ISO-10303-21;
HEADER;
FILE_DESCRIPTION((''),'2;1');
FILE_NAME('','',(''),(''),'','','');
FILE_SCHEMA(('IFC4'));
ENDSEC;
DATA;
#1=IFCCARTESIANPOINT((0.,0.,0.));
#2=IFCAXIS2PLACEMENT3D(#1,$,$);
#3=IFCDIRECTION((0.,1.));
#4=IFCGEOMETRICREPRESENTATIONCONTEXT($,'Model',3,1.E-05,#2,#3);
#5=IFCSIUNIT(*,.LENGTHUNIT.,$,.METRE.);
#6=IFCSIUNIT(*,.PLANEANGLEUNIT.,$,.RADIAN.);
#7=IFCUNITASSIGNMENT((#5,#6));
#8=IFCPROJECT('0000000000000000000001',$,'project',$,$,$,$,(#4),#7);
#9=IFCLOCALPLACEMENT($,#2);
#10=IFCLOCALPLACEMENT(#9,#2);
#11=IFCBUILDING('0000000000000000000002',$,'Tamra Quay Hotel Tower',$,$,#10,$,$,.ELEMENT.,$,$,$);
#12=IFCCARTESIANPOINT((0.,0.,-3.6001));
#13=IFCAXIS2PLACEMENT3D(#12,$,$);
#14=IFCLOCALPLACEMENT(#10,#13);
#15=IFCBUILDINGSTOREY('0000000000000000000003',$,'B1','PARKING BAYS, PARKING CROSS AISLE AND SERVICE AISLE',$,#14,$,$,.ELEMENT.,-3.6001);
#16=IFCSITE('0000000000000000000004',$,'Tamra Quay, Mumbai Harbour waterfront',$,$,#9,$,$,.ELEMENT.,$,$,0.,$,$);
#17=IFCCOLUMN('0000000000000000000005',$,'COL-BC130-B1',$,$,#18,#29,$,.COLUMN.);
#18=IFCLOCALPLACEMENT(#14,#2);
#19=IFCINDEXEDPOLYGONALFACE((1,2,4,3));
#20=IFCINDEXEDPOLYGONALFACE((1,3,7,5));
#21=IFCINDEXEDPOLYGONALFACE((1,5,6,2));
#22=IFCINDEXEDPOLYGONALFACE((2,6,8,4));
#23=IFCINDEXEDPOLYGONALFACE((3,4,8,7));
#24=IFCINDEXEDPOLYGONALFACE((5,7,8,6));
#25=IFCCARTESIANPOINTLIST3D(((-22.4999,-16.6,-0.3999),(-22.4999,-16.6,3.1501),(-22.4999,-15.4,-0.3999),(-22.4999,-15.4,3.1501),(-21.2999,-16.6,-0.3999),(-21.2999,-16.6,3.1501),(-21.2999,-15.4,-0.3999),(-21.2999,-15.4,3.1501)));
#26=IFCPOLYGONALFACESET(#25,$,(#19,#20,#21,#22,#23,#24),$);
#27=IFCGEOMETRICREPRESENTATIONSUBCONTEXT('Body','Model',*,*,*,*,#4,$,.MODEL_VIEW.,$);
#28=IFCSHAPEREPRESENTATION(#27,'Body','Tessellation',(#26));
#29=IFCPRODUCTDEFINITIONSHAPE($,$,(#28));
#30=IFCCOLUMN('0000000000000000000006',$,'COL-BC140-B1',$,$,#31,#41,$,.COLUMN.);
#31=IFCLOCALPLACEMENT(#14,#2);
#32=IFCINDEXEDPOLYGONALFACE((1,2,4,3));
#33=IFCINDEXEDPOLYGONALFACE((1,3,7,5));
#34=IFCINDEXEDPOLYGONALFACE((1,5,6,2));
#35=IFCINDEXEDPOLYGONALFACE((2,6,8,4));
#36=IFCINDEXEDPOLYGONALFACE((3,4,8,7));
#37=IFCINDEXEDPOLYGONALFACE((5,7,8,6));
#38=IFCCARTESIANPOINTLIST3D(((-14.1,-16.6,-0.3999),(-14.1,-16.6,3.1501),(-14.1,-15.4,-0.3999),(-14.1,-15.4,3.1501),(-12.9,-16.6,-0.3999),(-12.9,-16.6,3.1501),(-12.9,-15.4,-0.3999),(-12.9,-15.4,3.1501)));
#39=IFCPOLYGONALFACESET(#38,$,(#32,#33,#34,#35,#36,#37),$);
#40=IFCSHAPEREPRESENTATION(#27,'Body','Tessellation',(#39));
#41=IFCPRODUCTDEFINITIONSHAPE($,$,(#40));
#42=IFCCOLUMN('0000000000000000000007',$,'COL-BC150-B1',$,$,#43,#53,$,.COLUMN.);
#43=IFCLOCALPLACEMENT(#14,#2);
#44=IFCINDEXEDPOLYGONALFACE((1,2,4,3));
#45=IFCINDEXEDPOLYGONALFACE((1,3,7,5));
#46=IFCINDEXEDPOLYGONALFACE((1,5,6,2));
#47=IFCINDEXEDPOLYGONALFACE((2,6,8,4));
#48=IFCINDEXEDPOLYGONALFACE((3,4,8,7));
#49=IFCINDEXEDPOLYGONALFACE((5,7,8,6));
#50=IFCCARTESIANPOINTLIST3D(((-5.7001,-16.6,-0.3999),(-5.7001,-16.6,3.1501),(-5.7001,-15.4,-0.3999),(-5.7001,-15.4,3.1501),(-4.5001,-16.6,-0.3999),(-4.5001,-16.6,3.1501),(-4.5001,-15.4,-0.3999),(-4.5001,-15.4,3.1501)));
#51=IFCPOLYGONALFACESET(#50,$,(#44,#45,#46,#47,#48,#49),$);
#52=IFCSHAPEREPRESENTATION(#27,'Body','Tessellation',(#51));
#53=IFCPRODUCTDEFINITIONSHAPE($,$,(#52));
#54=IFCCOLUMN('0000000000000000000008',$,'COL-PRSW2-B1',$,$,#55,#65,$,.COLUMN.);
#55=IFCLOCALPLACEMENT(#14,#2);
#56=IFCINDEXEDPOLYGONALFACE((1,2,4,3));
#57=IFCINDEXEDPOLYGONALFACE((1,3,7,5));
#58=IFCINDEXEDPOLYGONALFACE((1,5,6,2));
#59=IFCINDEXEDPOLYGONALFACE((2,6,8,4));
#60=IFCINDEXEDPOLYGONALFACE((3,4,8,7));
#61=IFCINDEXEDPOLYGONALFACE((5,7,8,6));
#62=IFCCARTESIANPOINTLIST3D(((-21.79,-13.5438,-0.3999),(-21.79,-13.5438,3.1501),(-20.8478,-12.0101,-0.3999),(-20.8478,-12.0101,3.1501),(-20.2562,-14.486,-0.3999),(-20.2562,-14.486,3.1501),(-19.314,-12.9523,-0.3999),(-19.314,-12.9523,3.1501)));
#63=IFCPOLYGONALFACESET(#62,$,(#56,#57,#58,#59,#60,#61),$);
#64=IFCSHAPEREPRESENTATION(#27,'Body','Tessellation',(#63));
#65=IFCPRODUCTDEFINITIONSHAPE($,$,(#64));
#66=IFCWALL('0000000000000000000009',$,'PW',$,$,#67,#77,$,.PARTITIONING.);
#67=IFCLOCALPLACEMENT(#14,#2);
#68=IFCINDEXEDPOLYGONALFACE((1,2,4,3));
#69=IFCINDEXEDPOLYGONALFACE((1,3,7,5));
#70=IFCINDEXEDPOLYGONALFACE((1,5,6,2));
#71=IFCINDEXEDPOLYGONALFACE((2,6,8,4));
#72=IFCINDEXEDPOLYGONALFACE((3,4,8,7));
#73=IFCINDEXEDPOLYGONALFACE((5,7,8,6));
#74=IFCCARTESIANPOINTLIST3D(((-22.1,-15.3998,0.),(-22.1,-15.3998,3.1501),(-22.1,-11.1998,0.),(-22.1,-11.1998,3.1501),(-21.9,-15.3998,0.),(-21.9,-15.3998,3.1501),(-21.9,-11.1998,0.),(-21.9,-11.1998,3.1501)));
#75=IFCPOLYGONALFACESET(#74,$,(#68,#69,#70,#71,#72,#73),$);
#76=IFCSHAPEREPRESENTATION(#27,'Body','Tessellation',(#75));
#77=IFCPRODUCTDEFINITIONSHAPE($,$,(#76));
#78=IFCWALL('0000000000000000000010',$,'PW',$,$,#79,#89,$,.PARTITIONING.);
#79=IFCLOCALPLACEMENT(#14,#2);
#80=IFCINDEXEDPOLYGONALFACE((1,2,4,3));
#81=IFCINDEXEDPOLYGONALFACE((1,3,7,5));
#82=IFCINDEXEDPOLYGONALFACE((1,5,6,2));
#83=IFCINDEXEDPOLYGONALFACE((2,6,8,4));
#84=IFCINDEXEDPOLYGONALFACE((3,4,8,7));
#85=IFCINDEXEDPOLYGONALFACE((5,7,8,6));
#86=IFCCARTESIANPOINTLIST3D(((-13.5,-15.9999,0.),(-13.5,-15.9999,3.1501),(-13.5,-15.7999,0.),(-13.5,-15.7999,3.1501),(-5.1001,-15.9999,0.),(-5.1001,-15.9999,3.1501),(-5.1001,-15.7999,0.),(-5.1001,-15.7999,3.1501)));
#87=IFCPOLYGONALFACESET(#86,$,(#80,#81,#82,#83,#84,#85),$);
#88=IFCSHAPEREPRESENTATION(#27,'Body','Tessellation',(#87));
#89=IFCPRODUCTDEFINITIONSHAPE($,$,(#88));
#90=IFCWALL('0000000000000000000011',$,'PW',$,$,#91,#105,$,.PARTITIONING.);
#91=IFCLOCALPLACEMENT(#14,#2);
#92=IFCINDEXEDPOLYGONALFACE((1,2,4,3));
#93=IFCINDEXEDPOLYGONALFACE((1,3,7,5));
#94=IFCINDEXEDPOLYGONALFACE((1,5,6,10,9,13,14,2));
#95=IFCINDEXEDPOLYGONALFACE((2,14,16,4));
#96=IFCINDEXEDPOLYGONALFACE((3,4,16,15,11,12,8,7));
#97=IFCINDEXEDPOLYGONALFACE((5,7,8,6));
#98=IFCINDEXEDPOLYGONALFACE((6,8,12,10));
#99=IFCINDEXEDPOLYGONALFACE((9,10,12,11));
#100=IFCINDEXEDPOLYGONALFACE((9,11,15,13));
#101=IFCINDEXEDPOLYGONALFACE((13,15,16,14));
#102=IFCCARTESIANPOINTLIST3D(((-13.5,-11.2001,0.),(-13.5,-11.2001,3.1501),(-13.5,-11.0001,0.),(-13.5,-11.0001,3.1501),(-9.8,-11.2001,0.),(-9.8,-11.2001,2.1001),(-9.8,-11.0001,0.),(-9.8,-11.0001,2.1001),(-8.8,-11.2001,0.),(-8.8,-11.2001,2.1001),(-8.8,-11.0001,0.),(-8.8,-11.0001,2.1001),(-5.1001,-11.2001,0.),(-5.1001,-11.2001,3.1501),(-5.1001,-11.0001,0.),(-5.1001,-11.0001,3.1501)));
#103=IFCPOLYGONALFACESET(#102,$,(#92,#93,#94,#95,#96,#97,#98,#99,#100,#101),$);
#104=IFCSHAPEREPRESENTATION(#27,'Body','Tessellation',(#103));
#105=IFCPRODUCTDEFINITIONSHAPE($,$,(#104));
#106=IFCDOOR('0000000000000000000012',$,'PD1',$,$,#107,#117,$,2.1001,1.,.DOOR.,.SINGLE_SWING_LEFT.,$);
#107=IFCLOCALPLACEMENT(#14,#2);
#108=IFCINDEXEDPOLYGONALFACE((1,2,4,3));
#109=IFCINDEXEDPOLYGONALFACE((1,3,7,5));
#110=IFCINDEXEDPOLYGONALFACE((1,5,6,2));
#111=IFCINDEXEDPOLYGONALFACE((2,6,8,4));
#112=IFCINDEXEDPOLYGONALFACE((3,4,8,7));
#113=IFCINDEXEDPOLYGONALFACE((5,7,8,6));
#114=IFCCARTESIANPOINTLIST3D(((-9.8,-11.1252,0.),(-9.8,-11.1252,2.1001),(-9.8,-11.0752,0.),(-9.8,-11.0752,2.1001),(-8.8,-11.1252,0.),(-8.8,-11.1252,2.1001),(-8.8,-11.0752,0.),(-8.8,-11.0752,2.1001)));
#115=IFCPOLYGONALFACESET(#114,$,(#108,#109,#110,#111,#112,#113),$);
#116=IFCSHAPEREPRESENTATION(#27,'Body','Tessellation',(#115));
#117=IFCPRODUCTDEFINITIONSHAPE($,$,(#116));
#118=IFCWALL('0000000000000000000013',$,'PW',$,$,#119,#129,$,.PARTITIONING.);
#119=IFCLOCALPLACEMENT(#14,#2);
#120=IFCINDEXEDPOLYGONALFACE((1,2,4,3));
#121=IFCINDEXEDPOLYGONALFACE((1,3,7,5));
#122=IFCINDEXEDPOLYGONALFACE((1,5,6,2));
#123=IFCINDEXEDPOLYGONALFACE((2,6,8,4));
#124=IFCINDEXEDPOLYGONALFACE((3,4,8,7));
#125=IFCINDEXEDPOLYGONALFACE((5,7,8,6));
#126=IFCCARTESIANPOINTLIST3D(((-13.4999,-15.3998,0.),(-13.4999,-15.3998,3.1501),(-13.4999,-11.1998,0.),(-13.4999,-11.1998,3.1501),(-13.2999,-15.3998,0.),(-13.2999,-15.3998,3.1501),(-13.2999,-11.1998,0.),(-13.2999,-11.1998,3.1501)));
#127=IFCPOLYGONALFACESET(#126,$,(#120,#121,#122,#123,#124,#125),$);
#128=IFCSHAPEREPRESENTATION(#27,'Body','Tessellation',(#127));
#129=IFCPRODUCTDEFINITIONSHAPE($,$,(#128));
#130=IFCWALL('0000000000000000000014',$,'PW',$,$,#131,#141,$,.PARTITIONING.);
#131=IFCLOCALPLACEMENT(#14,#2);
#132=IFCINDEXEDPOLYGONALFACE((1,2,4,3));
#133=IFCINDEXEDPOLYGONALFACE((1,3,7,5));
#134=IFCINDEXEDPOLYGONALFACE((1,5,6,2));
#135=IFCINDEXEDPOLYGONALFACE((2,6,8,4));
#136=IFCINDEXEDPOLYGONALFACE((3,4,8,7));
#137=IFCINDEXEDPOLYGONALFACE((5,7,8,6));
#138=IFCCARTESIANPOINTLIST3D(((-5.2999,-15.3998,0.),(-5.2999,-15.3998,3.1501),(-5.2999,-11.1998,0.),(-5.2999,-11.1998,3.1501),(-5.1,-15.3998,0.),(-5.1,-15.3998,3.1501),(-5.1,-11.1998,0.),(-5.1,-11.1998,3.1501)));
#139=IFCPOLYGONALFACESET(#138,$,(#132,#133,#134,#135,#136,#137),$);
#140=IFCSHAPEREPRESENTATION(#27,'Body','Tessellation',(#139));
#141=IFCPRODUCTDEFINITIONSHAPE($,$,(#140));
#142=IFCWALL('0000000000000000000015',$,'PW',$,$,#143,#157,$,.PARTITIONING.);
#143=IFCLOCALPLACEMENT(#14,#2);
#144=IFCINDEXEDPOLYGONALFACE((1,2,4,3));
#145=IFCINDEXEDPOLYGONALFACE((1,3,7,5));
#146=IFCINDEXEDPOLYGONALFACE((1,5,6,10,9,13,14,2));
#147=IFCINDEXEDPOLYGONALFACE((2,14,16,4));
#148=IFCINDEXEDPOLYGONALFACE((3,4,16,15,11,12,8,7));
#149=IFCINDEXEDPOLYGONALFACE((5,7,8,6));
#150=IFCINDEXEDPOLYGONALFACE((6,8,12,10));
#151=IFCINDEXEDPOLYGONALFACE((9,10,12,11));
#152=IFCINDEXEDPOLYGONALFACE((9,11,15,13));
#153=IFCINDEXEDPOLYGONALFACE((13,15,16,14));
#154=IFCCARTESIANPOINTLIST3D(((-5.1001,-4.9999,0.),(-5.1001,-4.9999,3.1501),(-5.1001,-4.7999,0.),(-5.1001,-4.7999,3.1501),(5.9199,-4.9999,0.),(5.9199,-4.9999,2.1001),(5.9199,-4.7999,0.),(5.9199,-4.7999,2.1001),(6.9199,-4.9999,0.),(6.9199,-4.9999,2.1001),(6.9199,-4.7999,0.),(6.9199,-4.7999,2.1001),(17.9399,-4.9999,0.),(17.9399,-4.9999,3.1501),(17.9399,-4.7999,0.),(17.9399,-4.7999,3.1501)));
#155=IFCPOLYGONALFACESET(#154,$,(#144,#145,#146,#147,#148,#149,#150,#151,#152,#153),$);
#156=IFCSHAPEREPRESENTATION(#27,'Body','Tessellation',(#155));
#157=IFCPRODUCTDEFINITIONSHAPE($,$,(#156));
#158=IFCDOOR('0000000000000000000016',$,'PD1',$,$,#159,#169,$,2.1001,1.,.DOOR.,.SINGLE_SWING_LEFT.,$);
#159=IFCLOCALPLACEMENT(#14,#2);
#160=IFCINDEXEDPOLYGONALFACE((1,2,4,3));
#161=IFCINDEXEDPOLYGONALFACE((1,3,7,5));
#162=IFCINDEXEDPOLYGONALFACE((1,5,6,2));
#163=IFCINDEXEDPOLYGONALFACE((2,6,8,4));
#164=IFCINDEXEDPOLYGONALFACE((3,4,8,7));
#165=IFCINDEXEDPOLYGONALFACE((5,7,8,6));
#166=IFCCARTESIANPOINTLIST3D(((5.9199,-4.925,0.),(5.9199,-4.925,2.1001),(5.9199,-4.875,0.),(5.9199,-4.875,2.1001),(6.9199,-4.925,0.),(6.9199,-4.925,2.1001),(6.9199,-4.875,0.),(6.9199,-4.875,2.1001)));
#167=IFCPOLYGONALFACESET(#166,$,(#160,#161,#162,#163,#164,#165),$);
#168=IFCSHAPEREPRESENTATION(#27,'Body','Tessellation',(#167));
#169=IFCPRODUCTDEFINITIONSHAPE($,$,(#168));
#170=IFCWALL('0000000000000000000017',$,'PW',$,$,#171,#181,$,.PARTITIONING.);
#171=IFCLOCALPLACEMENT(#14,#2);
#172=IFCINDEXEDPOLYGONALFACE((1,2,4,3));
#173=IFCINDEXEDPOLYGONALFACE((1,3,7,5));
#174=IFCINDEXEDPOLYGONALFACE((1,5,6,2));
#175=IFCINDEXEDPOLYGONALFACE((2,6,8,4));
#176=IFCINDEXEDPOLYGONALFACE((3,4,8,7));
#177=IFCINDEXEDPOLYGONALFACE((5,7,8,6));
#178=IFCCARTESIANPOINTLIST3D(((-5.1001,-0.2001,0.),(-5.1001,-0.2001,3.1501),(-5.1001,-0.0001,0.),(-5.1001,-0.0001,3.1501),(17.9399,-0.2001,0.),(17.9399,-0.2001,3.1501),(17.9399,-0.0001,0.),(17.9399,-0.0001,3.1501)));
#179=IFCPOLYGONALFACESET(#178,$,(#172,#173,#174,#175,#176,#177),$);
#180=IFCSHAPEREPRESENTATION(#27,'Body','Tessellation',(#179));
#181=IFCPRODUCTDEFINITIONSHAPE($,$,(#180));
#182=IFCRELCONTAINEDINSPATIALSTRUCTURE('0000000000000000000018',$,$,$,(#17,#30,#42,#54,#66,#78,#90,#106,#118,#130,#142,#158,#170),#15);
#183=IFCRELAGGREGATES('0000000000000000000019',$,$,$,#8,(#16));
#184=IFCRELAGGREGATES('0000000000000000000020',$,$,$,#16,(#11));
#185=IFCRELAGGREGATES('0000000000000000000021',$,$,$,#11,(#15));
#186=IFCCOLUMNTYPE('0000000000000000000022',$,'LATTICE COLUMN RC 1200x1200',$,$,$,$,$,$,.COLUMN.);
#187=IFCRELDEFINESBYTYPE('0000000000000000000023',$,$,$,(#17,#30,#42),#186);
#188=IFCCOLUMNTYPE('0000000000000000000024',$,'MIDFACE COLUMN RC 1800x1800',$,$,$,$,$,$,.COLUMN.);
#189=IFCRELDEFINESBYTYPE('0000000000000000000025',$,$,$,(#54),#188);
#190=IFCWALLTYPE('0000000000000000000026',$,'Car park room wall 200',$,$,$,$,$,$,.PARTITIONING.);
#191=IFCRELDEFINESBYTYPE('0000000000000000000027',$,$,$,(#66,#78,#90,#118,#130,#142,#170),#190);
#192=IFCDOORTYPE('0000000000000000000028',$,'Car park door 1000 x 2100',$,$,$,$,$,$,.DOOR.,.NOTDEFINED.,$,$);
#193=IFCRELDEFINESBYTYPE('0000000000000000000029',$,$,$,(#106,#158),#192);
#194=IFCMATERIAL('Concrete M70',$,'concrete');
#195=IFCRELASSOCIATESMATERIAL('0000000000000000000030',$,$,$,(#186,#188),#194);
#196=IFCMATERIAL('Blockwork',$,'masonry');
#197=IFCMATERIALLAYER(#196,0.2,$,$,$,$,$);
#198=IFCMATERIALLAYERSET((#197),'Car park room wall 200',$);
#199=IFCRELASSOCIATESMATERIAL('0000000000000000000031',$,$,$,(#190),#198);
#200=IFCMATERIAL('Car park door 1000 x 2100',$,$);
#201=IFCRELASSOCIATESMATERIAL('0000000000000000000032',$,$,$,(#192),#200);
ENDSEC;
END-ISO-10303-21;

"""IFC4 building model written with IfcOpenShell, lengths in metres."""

from ifc_helpers import new_model, si_unit, direction, frame, frame_2d, origin, origin_2d, place, context, subcontext, project, spatial, rectangle, extrude, material, layer, layer_set, material_profile, profile_set, type_object, element, fill, save


model = new_model("IFC4")

# Units and contexts
model_context = context("Model", 3, precision=1e-05, world=origin(), true_north=direction((0.0, 1.0)))
body_context = subcontext(model_context, "Body", "Model", "MODEL_VIEW")
ifc_project = project(units=[si_unit("LENGTHUNIT", "METRE"), si_unit("PLANEANGLEUNIT", "RADIAN")], contexts=[model_context])

# Site, building, storey
site_placement = place(None, origin())
site = spatial("IfcSite", under=ifc_project, at=site_placement, Name="Tamra Quay, Mumbai Harbour waterfront", CompositionType="ELEMENT", RefElevation=0.0)
building_placement = place(site_placement, origin())
building = spatial("IfcBuilding", under=site, at=building_placement, Name="Tamra Quay Hotel Tower", CompositionType="ELEMENT")
storey_placement = place(building_placement, frame((0.0, 0.0, -3.6001)))
storey = spatial("IfcBuildingStorey", under=building, at=storey_placement, Name="B1", Description="PARKING BAYS, PARKING CROSS AISLE AND SERVICE AISLE", CompositionType="ELEMENT", Elevation=-3.6001)

# Columns
ifc_material_1 = material(Name="Concrete M70", Category="concrete")
ifc_material_profile_1 = material_profile(ifc_material_1, rectangle(XDim=1.2, YDim=1.2, at=origin_2d()), Name="LATTICE COLUMN RC 1200x1200")
ifc_profile_set_1 = profile_set([ifc_material_profile_1], Name="Concrete M70")
column_type_1 = type_object("IfcColumnType", Name="LATTICE COLUMN RC 1200x1200", PredefinedType="COLUMN", material=ifc_profile_set_1)
for number, where, z_axis, x_axis, name in (
    (1, (-21.8999, -16.0, -0.3999), (0.0, 0.0, 1.0), (1.0, 0.0, 0.0), "COL-BC130-B1"),
    (2, (-13.5, -16.0, -0.3999), (0.0, 0.0, 1.0), (1.0, 0.0, 0.0), "COL-BC140-B1"),
    (3, (-5.1001, -16.0, -0.3999), (0.0, 0.0, 1.0), (1.0, 0.0, 0.0), "COL-BC150-B1"),
):
    element("IfcColumn", number, at=place(storey_placement, frame(where, z_axis=z_axis, x_axis=x_axis)), inside=storey, type_object=column_type_1, Name=name, PredefinedType="COLUMN", context=body_context, shape_type="SweptSolid", body=[
        extrude(rectangle(XDim=1.2, YDim=1.2, at=origin_2d()), origin(), (0.0, 0.0, 1.0), 3.55),
    ])
ifc_material_profile_2 = material_profile(ifc_material_1, rectangle(XDim=1.8, YDim=1.8, at=origin_2d()), Name="MIDFACE COLUMN RC 1800x1800")
ifc_profile_set_2 = profile_set([ifc_material_profile_2], Name="Concrete M70")
column_type_2 = type_object("IfcColumnType", Name="MIDFACE COLUMN RC 1800x1800", PredefinedType="COLUMN", material=ifc_profile_set_2)
column_placement = place(storey_placement, frame((-20.552, -13.248, -0.3999), z_axis=(0.0, 0.0, 1.0), x_axis=(0.52343, 0.852069, 0.0)))
element("IfcColumn", 4, at=column_placement, inside=storey, type_object=column_type_2, Name="COL-PRSW2-B1", PredefinedType="COLUMN", context=body_context, shape_type="SweptSolid", body=[
    extrude(rectangle(XDim=1.8, YDim=1.8, at=origin_2d()), origin(), (0.0, 0.0, 1.0), 3.55),
])

# Walls
ifc_material_2 = material(Name="Blockwork", Category="masonry")
ifc_layer_1 = layer(ifc_material_2, 0.2)
ifc_layer_set_1 = layer_set([ifc_layer_1], Name="Car park room wall 200")
wall_type_1 = type_object("IfcWallType", Name="Car park room wall 200", PredefinedType="PARTITIONING", material=ifc_layer_set_1)
wall_1_placement = place(storey_placement, frame((-22.0, -15.3999, 0.0), z_axis=(0.0, 0.0, 1.0), x_axis=(0.0, 1.0, 0.0)))
element("IfcWall", 5, at=wall_1_placement, inside=storey, type_object=wall_type_1, Name="PW", PredefinedType="PARTITIONING", context=body_context, shape_type="SweptSolid", body=[
    extrude(rectangle(XDim=4.2, YDim=0.2, at=frame_2d((2.1001, 0.0))), origin(), (0.0, 0.0, 1.0), 3.1501),
])
wall_2_placement = place(storey_placement, frame((-13.5, -15.8999, 0.0), z_axis=(0.0, 0.0, 1.0), x_axis=(1.0, 0.0, 0.0)))
element("IfcWall", 6, at=wall_2_placement, inside=storey, type_object=wall_type_1, Name="PW", PredefinedType="PARTITIONING", context=body_context, shape_type="SweptSolid", body=[
    extrude(rectangle(XDim=8.3999, YDim=0.2, at=frame_2d((4.2, 0.0))), origin(), (0.0, 0.0, 1.0), 3.1501),
])

# Wall, opening, door
wall_3_placement = place(storey_placement, frame((-13.5, -11.1001, 0.0), z_axis=(0.0, 0.0, 1.0), x_axis=(1.0, 0.0, 0.0)))
wall_3 = element("IfcWall", 7, at=wall_3_placement, inside=storey, type_object=wall_type_1, Name="PW", PredefinedType="PARTITIONING", context=body_context, shape_type="SweptSolid", body=[
    extrude(rectangle(XDim=8.3999, YDim=0.2, at=frame_2d((4.2, 0.0))), origin(), (0.0, 0.0, 1.0), 3.1501),
])
opening_1_placement = place(wall_3_placement, frame((3.7, 0.0, 0.0)))
opening_1 = element("IfcOpeningElement", 8, at=opening_1_placement, cuts=wall_3, PredefinedType="OPENING", context=body_context, shape_type="SweptSolid", body=[
    extrude(rectangle(XDim=1.0, YDim=2.1001, at=frame_2d((0.5, 1.05))), frame((0.0, 0.1099, 0.0), z_axis=(0.0, -1.0, 0.0), x_axis=(1.0, 0.0, 0.0)), (0.0, 0.0, 1.0), 0.22),
])
ifc_material_3 = material(Name="Car park door 1000 x 2100")
door_type_1 = type_object("IfcDoorType", Name="Car park door 1000 x 2100", OperationType="NOTDEFINED", PredefinedType="DOOR", material=ifc_material_3)
door_1_placement = place(opening_1_placement, origin())
door_1 = element("IfcDoor", 9, at=door_1_placement, inside=storey, type_object=door_type_1, Name="PD1", OperationType="SINGLE_SWING_LEFT", OverallHeight=2.1001, OverallWidth=1.0, PredefinedType="DOOR", context=body_context, shape_type="SweptSolid", body=[
    extrude(rectangle(XDim=1.0, YDim=2.1001, at=frame_2d((0.5, 1.05))), frame((0.0, 0.0249, 0.0), z_axis=(0.0, -1.0, 0.0), x_axis=(1.0, 0.0, 0.0)), (0.0, 0.0, 1.0), 0.05),
])
fill(opening_1, door_1)

# Walls
for number, where, z_axis, x_axis, name in (
    (10, (-13.3999, -15.3999, 0.0), (0.0, 0.0, 1.0), (0.0, 1.0, 0.0), "PW"),
    (11, (-5.2, -15.3999, 0.0), (0.0, 0.0, 1.0), (0.0, 1.0, 0.0), "PW"),
):
    element("IfcWall", number, at=place(storey_placement, frame(where, z_axis=z_axis, x_axis=x_axis)), inside=storey, type_object=wall_type_1, Name=name, PredefinedType="PARTITIONING", context=body_context, shape_type="SweptSolid", body=[
        extrude(rectangle(XDim=4.2, YDim=0.2, at=frame_2d((2.1001, 0.0))), origin(), (0.0, 0.0, 1.0), 3.1501),
    ])

# Wall, opening, door
wall_4_placement = place(storey_placement, frame((-5.1001, -4.8999, 0.0), z_axis=(0.0, 0.0, 1.0), x_axis=(1.0, 0.0, 0.0)))
wall_4 = element("IfcWall", 12, at=wall_4_placement, inside=storey, type_object=wall_type_1, Name="PW", PredefinedType="PARTITIONING", context=body_context, shape_type="SweptSolid", body=[
    extrude(rectangle(XDim=23.04, YDim=0.2, at=frame_2d((11.52, 0.0))), origin(), (0.0, 0.0, 1.0), 3.1501),
])
opening_2_placement = place(wall_4_placement, frame((11.02, 0.0, 0.0)))
opening_2 = element("IfcOpeningElement", 13, at=opening_2_placement, cuts=wall_4, PredefinedType="OPENING", context=body_context, shape_type="SweptSolid", body=[
    extrude(rectangle(XDim=1.0, YDim=2.1001, at=frame_2d((0.5, 1.05))), frame((0.0, 0.1099, 0.0), z_axis=(0.0, -1.0, 0.0), x_axis=(1.0, 0.0, 0.0)), (0.0, 0.0, 1.0), 0.22),
])
door_2_placement = place(opening_2_placement, origin())
door_2 = element("IfcDoor", 14, at=door_2_placement, inside=storey, type_object=door_type_1, Name="PD1", OperationType="SINGLE_SWING_LEFT", OverallHeight=2.1001, OverallWidth=1.0, PredefinedType="DOOR", context=body_context, shape_type="SweptSolid", body=[
    extrude(rectangle(XDim=1.0, YDim=2.1001, at=frame_2d((0.5, 1.05))), frame((0.0, 0.0249, 0.0), z_axis=(0.0, -1.0, 0.0), x_axis=(1.0, 0.0, 0.0)), (0.0, 0.0, 1.0), 0.05),
])
fill(opening_2, door_2)

# Wall
wall_5_placement = place(storey_placement, frame((-5.1001, -0.1001, 0.0), z_axis=(0.0, 0.0, 1.0), x_axis=(1.0, 0.0, 0.0)))
element("IfcWall", 15, at=wall_5_placement, inside=storey, type_object=wall_type_1, Name="PW", PredefinedType="PARTITIONING", context=body_context, shape_type="SweptSolid", body=[
    extrude(rectangle(XDim=23.04, YDim=0.2, at=frame_2d((11.52, 0.0))), origin(), (0.0, 0.0, 1.0), 3.1501),
])

save(model, "model.ifc")
